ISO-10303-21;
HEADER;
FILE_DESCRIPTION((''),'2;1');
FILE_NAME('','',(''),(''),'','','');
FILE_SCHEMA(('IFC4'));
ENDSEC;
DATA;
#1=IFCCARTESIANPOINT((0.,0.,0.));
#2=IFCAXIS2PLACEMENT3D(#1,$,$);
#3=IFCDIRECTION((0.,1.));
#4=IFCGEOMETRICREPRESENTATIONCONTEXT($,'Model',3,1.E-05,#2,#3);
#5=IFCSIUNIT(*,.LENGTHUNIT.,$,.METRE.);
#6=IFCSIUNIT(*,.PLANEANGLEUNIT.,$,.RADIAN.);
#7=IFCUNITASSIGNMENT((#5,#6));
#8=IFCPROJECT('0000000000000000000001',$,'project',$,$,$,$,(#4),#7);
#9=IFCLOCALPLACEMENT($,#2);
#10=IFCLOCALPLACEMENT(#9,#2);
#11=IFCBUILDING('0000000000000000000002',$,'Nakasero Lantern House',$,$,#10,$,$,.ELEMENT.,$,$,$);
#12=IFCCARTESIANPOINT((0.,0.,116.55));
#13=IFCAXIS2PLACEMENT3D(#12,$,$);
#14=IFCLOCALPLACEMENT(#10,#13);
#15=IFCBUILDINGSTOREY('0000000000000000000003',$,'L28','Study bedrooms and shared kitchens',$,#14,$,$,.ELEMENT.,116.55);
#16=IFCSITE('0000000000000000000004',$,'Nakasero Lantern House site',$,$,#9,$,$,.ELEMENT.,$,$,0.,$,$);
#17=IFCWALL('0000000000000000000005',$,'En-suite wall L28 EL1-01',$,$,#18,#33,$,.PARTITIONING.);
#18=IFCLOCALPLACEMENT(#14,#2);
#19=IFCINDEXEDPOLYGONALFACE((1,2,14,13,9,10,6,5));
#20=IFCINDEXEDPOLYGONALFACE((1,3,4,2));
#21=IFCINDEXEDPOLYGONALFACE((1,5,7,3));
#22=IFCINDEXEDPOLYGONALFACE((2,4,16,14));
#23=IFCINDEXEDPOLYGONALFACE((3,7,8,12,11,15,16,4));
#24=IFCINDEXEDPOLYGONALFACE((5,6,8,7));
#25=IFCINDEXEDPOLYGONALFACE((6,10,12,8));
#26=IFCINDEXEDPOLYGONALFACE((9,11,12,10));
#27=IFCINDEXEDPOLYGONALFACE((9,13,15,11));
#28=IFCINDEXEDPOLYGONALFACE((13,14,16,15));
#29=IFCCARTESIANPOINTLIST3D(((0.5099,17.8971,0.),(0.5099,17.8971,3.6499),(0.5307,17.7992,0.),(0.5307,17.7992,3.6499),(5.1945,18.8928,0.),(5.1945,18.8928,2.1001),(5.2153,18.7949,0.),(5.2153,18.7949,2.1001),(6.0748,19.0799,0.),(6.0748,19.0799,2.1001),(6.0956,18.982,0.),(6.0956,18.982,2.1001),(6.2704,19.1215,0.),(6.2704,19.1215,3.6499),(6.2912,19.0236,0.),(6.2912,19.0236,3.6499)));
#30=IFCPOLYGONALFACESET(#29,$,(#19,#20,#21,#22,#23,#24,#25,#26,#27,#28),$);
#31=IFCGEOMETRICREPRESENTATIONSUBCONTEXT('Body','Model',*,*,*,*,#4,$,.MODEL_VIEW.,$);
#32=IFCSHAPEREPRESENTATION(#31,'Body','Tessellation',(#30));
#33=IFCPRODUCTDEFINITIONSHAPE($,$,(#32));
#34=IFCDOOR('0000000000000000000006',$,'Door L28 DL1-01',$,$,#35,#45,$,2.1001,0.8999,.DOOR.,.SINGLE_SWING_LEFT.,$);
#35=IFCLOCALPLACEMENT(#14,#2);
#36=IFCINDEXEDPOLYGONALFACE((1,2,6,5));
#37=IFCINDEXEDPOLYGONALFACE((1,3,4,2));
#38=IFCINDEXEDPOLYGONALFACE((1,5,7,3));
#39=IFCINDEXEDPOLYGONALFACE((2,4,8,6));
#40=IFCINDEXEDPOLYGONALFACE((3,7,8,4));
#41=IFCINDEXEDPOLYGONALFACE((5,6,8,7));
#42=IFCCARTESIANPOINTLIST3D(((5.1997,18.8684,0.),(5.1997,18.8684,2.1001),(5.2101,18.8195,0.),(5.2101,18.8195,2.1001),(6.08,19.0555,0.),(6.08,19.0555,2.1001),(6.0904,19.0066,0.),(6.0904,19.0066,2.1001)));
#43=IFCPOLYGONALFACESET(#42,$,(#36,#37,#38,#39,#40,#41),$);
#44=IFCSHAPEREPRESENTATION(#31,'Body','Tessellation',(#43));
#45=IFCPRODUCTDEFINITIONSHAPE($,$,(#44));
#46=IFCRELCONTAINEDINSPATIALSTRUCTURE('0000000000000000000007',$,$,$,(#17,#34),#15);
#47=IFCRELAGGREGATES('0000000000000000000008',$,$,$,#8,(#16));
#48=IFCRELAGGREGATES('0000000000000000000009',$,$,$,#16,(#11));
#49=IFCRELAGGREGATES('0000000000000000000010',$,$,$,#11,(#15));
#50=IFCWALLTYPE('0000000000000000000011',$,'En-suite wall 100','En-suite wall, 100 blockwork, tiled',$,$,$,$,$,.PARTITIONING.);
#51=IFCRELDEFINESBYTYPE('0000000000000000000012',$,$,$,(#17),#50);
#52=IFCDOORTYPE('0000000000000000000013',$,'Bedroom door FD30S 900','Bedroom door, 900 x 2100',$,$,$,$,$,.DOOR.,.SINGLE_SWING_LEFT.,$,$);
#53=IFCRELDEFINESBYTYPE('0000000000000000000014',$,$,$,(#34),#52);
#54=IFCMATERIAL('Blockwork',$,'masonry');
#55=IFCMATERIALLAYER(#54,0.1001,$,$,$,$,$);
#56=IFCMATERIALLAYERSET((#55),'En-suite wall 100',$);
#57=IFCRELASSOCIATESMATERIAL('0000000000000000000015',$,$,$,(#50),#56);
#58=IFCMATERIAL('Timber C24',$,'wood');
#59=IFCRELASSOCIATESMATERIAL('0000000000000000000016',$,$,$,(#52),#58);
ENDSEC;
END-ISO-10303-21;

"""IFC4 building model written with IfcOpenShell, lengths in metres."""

from ifc_helpers import new_model, si_unit, direction, frame, frame_2d, origin, place, context, subcontext, project, spatial, rectangle, extrude, material, layer, layer_set, type_object, element, fill, save


model = new_model("IFC4")

# Units and contexts
model_context = context("Model", 3, precision=1e-05, world=origin(), true_north=direction((0.0, 1.0)))
body_context = subcontext(model_context, "Body", "Model", "MODEL_VIEW")
ifc_project = project(units=[si_unit("LENGTHUNIT", "METRE"), si_unit("PLANEANGLEUNIT", "RADIAN")], contexts=[model_context])

# Site, building, storey
site_placement = place(None, origin())
site = spatial("IfcSite", under=ifc_project, at=site_placement, Name="Nakasero Lantern House site", CompositionType="ELEMENT", RefElevation=0.0)
building_placement = place(site_placement, origin())
building = spatial("IfcBuilding", under=site, at=building_placement, Name="Nakasero Lantern House", CompositionType="ELEMENT")
storey_placement = place(building_placement, frame((0.0, 0.0, 116.55)))
storey = spatial("IfcBuildingStorey", under=building, at=storey_placement, Name="L28", Description="Study bedrooms and shared kitchens", CompositionType="ELEMENT", Elevation=116.55)

# Shared definitions
ifc_material_1 = material(Name="Blockwork", Category="masonry")
ifc_layer_1 = layer(ifc_material_1, 0.1001)
ifc_layer_set_1 = layer_set([ifc_layer_1], Name="En-suite wall 100")
wall_type_1 = type_object("IfcWallType", Name="En-suite wall 100", Description="En-suite wall, 100 blockwork, tiled", PredefinedType="PARTITIONING", material=ifc_layer_set_1)

# Wall, opening, door
ifc_material_2 = material(Name="Timber C24", Category="wood")
door_type_1 = type_object("IfcDoorType", Name="Bedroom door FD30S 900", Description="Bedroom door, 900 x 2100", OperationType="SINGLE_SWING_LEFT", PredefinedType="DOOR", material=ifc_material_2)
wall_1_placement = place(storey_placement, frame((6.2808, 19.0725, 0.0), z_axis=(0.0, 0.0, 1.0), x_axis=(-0.97815, -0.207901, 0.0)))
wall_1 = element("IfcWall", 1, at=wall_1_placement, inside=storey, type_object=wall_type_1, Name="En-suite wall L28 EL1-01", PredefinedType="PARTITIONING", context=body_context, shape_type="SweptSolid", body=[
    extrude(rectangle(XDim=5.8892, YDim=0.1001, at=frame_2d((2.9446, 0.0))), origin(), (0.0, 0.0, 1.0), 3.6499),
])
opening_1_placement = place(wall_1_placement, frame((0.2, 0.0, 0.0)))
opening_1 = element("IfcOpeningElement", 2, at=opening_1_placement, cuts=wall_1, PredefinedType="OPENING", context=body_context, shape_type="SweptSolid", body=[
    extrude(rectangle(XDim=0.8999, YDim=2.1001, at=frame_2d((0.45, 1.05))), frame((0.0, 0.0701, 0.0), z_axis=(0.0, -1.0, 0.0), x_axis=(1.0, 0.0, 0.0)), (0.0, 0.0, 1.0), 0.1401),
])
door_1_placement = place(opening_1_placement, origin())
door_1 = element("IfcDoor", 3, at=door_1_placement, inside=storey, type_object=door_type_1, Name="Door L28 DL1-01", OperationType="SINGLE_SWING_LEFT", OverallHeight=2.1001, OverallWidth=0.8999, PredefinedType="DOOR", context=body_context, shape_type="SweptSolid", body=[
    extrude(rectangle(XDim=0.8999, YDim=2.1001, at=frame_2d((0.45, 1.05))), frame((0.0, 0.0249, 0.0), z_axis=(0.0, -1.0, 0.0), x_axis=(1.0, 0.0, 0.0)), (0.0, 0.0, 1.0), 0.05),
])
fill(opening_1, door_1)

save(model, "model.ifc")
